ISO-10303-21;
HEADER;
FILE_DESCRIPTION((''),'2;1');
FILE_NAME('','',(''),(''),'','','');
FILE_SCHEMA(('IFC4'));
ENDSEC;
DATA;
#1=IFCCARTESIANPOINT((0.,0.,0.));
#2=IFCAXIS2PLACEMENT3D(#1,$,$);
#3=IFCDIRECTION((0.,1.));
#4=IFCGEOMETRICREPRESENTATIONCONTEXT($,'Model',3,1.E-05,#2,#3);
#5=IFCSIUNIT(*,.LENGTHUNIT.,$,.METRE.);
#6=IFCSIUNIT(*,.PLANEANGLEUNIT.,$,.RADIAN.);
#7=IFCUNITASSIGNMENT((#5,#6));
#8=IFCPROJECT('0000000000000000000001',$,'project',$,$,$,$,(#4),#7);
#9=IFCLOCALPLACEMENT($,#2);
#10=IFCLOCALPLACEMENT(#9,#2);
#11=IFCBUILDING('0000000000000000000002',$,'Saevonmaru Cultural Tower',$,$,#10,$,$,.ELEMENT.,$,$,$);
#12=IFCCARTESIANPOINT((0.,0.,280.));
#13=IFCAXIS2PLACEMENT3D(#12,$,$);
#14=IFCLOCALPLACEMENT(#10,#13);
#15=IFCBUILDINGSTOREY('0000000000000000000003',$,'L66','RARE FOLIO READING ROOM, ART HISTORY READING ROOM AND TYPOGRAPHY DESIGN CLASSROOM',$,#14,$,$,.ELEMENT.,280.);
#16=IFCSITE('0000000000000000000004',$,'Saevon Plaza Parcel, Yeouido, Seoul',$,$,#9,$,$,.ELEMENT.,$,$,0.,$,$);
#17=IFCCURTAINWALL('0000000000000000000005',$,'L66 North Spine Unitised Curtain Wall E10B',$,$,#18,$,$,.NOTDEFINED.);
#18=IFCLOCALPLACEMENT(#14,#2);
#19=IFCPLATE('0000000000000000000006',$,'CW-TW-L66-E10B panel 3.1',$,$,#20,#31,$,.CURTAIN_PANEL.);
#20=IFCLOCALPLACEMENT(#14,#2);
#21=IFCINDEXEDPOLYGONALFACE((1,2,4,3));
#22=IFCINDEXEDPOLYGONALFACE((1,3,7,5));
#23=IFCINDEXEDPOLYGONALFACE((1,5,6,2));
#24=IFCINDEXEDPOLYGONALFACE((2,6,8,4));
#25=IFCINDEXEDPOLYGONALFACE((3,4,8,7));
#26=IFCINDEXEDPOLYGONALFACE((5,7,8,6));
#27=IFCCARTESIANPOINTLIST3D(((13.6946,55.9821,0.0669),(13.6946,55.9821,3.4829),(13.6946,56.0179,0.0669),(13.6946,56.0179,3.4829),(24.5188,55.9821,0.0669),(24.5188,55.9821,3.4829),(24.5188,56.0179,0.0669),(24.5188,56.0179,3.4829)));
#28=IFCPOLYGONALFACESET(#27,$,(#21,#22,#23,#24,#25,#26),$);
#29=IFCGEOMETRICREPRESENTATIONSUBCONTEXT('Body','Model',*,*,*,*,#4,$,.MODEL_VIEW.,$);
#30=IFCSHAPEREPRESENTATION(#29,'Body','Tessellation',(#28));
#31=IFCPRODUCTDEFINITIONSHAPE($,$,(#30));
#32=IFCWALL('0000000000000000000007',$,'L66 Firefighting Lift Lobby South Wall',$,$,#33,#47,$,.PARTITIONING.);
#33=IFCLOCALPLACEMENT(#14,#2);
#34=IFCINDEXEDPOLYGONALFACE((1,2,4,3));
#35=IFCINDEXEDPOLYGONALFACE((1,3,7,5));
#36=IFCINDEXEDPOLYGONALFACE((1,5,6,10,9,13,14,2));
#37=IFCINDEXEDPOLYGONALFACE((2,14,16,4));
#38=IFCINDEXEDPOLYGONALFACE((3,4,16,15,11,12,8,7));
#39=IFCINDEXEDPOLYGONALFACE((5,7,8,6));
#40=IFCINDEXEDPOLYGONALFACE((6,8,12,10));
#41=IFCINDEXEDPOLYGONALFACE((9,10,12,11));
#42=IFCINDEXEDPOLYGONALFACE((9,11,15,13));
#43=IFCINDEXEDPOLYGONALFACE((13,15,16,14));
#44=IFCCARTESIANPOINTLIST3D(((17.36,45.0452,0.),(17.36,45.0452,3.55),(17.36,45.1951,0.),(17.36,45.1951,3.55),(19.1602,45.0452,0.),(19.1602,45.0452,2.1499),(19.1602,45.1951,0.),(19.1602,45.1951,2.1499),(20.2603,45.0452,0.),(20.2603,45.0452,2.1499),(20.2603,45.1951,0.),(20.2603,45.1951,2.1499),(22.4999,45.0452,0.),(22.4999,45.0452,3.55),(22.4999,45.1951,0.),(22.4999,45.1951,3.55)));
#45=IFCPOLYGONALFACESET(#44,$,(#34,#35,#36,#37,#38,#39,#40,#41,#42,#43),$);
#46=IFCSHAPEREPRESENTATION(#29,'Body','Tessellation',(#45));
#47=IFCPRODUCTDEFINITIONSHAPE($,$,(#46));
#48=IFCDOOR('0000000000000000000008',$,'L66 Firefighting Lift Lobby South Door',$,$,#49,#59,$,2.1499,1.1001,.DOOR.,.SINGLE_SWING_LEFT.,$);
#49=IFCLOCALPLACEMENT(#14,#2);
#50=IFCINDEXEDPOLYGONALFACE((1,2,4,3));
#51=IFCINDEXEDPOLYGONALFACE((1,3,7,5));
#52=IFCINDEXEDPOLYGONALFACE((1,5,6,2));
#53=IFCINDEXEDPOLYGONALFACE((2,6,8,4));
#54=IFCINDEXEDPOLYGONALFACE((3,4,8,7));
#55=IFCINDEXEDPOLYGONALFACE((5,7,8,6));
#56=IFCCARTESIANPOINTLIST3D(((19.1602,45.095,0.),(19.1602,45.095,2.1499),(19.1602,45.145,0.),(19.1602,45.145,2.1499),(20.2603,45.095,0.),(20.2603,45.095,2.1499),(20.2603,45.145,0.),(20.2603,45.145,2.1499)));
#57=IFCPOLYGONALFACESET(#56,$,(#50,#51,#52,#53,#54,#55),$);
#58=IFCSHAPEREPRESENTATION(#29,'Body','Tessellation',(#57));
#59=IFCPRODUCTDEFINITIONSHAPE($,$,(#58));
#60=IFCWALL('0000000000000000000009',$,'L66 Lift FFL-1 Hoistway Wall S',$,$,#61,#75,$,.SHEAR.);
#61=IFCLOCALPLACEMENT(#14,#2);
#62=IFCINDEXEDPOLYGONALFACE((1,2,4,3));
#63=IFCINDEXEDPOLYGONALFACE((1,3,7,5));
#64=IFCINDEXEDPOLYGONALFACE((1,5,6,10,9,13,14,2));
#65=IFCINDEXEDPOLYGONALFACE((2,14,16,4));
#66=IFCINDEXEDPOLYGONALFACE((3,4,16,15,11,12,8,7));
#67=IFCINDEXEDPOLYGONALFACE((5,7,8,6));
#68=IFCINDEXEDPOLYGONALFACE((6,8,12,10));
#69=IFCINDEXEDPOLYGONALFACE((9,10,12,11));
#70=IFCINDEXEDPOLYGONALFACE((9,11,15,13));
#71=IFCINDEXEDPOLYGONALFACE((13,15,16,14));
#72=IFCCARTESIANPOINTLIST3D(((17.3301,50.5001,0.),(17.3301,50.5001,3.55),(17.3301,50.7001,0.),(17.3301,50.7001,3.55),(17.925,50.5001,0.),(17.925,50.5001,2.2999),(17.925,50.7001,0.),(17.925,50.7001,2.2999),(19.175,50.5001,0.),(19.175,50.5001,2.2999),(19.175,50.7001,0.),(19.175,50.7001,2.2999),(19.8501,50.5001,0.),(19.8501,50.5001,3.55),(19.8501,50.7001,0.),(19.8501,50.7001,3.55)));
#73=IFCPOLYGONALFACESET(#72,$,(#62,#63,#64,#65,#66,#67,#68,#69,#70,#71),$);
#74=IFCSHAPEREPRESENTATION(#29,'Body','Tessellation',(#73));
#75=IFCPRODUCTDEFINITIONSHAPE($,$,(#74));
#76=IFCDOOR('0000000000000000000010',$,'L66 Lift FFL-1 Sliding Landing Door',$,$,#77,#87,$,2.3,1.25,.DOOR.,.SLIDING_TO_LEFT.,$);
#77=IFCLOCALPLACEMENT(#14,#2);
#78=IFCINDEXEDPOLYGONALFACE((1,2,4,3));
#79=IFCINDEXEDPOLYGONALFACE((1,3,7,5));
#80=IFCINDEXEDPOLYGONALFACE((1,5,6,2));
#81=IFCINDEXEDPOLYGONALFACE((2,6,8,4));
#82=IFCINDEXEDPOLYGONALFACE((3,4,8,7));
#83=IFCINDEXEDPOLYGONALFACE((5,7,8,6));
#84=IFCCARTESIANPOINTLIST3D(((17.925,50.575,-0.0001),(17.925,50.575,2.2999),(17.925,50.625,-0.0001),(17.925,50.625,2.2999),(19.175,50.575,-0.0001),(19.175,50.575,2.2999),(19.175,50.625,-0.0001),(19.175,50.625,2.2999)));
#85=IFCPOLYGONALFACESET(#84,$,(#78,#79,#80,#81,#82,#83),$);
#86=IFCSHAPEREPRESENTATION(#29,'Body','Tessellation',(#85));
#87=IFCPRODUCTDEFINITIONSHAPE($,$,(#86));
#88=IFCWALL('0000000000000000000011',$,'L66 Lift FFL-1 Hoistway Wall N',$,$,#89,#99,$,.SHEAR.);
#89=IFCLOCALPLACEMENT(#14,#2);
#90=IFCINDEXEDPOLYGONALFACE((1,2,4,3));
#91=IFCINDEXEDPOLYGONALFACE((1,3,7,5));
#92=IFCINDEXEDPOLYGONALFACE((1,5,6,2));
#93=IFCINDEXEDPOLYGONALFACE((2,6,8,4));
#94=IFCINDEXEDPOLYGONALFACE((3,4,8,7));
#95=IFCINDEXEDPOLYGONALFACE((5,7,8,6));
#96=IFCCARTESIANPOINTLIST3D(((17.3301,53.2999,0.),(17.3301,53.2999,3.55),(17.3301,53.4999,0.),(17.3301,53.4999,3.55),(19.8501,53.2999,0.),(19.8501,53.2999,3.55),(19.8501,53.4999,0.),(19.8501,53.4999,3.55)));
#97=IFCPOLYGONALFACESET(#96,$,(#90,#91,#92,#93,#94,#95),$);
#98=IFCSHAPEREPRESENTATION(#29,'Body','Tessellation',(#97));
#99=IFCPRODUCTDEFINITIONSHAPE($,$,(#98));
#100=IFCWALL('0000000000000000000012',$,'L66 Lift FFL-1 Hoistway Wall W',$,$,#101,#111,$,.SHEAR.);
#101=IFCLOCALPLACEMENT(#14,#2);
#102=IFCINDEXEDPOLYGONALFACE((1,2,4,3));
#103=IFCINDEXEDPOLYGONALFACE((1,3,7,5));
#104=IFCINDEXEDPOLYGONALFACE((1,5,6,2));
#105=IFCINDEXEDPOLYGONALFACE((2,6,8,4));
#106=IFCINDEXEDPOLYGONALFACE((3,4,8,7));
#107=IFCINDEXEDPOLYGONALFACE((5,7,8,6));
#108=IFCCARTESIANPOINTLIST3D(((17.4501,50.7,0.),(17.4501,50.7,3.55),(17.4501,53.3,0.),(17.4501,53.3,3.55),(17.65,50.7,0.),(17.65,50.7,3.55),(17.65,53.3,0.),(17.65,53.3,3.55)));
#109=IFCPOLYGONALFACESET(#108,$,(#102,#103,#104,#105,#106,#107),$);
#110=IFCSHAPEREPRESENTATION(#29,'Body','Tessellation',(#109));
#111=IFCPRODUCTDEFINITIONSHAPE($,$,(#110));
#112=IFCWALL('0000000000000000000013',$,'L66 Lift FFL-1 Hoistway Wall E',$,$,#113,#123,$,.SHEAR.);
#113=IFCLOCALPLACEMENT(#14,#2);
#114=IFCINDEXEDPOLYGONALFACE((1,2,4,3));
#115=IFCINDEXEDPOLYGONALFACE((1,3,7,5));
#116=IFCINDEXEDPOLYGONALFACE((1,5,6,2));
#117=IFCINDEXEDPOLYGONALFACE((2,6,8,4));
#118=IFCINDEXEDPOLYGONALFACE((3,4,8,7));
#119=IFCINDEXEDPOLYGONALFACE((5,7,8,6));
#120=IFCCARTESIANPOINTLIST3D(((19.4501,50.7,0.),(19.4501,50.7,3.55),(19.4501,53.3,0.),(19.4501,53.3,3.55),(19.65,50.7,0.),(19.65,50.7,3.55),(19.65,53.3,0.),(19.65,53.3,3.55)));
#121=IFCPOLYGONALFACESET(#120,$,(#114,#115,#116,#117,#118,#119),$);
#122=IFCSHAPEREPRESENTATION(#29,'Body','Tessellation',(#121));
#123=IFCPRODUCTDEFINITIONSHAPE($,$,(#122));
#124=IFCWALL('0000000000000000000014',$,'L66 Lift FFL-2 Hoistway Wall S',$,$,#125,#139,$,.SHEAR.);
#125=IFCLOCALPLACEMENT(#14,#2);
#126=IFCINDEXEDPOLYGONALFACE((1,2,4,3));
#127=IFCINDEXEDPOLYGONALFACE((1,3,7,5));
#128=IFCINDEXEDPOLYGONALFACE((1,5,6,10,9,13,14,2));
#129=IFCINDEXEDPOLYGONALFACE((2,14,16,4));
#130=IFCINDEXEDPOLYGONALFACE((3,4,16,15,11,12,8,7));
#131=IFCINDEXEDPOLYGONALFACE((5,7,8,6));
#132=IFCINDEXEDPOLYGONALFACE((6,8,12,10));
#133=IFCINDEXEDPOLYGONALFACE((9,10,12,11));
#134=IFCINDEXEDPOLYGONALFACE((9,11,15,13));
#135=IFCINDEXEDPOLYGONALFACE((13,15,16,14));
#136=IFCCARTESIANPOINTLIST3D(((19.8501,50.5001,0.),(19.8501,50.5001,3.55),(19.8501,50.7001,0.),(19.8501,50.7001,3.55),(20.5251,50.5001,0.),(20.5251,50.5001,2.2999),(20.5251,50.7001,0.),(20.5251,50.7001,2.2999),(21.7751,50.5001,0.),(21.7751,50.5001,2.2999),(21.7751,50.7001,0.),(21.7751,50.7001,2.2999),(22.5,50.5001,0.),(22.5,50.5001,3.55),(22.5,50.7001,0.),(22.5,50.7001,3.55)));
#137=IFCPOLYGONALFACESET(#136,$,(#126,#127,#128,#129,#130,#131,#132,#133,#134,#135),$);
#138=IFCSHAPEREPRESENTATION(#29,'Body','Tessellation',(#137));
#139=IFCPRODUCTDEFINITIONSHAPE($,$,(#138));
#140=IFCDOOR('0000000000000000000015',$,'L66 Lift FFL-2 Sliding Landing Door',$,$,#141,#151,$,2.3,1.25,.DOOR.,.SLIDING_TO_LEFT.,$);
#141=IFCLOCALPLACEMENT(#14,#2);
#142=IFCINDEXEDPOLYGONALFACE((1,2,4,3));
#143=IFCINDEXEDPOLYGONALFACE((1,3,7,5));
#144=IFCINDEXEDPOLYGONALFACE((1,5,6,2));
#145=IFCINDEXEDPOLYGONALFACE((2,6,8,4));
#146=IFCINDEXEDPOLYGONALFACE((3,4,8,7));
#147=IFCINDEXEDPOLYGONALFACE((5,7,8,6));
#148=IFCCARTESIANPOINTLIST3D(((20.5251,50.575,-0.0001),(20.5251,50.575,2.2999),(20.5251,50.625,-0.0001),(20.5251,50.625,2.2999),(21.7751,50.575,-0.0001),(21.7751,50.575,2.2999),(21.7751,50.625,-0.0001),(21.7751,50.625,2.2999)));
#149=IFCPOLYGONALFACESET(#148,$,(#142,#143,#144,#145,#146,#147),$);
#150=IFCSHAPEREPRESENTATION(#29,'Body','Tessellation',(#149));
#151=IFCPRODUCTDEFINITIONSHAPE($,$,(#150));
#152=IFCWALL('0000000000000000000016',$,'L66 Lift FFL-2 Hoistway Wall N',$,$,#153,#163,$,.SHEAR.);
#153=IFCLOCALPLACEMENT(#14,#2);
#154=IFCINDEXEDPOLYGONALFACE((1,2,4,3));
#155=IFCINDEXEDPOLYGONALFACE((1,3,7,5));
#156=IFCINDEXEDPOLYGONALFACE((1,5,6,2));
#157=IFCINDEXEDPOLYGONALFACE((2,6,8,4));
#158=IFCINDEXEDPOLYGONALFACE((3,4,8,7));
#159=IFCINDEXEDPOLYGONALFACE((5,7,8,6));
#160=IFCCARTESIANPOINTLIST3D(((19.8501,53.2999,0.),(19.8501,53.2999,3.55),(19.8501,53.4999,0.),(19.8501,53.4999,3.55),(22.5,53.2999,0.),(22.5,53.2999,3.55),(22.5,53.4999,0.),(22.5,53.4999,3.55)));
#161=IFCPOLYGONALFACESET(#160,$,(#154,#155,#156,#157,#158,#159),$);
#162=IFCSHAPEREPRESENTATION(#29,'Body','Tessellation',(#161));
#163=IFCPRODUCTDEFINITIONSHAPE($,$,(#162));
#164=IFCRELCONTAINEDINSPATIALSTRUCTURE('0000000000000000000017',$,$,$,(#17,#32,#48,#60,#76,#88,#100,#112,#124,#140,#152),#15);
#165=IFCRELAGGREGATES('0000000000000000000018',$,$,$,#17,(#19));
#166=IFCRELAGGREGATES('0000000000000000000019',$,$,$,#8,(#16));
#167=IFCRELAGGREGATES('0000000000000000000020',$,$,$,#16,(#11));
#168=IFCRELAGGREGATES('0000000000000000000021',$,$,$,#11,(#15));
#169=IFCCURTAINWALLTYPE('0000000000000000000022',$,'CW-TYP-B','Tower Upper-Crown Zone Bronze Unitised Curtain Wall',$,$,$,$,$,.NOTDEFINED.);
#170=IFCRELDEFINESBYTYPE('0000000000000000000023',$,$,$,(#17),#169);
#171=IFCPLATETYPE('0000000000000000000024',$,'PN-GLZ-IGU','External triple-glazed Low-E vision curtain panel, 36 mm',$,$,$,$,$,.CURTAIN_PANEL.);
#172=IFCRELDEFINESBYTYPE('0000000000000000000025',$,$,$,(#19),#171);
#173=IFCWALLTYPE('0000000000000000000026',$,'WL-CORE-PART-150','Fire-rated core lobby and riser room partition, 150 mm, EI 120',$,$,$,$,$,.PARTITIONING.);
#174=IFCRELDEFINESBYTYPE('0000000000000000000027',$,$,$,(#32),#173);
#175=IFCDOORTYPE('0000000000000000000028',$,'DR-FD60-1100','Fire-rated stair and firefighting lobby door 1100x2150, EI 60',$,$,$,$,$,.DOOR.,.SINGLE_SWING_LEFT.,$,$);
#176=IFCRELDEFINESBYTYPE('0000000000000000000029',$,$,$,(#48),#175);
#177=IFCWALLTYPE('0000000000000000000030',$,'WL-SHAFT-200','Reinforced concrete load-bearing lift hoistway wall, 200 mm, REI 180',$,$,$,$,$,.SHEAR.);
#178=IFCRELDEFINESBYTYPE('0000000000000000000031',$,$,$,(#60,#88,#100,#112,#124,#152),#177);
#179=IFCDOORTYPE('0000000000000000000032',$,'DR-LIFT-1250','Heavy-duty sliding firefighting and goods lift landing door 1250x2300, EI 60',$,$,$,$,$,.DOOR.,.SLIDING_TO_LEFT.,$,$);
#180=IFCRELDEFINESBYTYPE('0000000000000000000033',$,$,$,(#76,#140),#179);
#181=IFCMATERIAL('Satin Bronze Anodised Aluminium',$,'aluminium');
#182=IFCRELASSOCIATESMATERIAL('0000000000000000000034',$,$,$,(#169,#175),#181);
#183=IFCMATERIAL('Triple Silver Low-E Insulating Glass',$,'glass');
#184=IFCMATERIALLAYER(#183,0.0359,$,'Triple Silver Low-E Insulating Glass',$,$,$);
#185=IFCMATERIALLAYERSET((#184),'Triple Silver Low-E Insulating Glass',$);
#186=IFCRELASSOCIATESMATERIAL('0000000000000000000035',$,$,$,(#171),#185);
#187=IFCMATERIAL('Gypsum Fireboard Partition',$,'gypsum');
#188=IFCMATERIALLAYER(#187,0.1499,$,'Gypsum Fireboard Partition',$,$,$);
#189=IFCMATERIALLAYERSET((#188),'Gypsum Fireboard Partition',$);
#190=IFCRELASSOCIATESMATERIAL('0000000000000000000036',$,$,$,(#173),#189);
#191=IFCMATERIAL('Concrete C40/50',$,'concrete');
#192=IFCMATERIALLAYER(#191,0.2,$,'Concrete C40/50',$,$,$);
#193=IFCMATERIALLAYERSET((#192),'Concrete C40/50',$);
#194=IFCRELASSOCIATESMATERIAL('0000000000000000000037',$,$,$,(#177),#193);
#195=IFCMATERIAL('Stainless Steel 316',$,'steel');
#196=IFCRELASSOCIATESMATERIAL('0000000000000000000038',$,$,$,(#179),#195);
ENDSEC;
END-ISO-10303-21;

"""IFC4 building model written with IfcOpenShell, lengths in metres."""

from ifc_helpers import new_model, si_unit, direction, frame, frame_2d, origin, origin_2d, place, context, subcontext, project, spatial, rectangle, extrude, material, layer, layer_set, type_object, element, fill, aggregate, save


model = new_model("IFC4")

# Units and contexts
model_context = context("Model", 3, precision=1e-05, world=origin(), true_north=direction((0.0, 1.0)))
body_context = subcontext(model_context, "Body", "Model", "MODEL_VIEW")
ifc_project = project(units=[si_unit("LENGTHUNIT", "METRE"), si_unit("PLANEANGLEUNIT", "RADIAN")], contexts=[model_context])

# Site, building, storey
site_placement = place(None, origin())
site = spatial("IfcSite", under=ifc_project, at=site_placement, Name="Saevon Plaza Parcel, Yeouido, Seoul", CompositionType="ELEMENT", RefElevation=0.0)
building_placement = place(site_placement, origin())
building = spatial("IfcBuilding", under=site, at=building_placement, Name="Saevonmaru Cultural Tower", CompositionType="ELEMENT")
storey_placement = place(building_placement, frame((0.0, 0.0, 280.0)))
storey = spatial("IfcBuildingStorey", under=building, at=storey_placement, Name="L66", Description="RARE FOLIO READING ROOM, ART HISTORY READING ROOM AND TYPOGRAPHY DESIGN CLASSROOM", CompositionType="ELEMENT", Elevation=280.0)

# Curtain wall, plate
ifc_material_1 = material(Name="Satin Bronze Anodised Aluminium", Category="aluminium")
curtain_wall_type = type_object("IfcCurtainWallType", Name="CW-TYP-B", Description="Tower Upper-Crown Zone Bronze Unitised Curtain Wall", PredefinedType="NOTDEFINED", material=ifc_material_1)
curtain_wall_placement = place(storey_placement, origin())
curtain_wall = element("IfcCurtainWall", 1, at=curtain_wall_placement, inside=storey, type_object=curtain_wall_type, Name="L66 North Spine Unitised Curtain Wall E10B", PredefinedType="NOTDEFINED")
ifc_material_2 = material(Name="Triple Silver Low-E Insulating Glass", Category="glass")
ifc_layer_1 = layer(ifc_material_2, 0.0359, Name="Triple Silver Low-E Insulating Glass")
ifc_layer_set_1 = layer_set([ifc_layer_1], Name="Triple Silver Low-E Insulating Glass")
plate_type = type_object("IfcPlateType", Name="PN-GLZ-IGU", Description="External triple-glazed Low-E vision curtain panel, 36 mm", PredefinedType="CURTAIN_PANEL", material=ifc_layer_set_1)
plate_placement = place(storey_placement, frame((19.1067, 56.0, 0.0669), z_axis=(0.0, 0.0, 1.0), x_axis=(-1.0, 0.0, 0.0)))
plate = element("IfcPlate", 2, at=plate_placement, type_object=plate_type, Name="CW-TW-L66-E10B panel 3.1", PredefinedType="CURTAIN_PANEL", context=body_context, shape_type="SweptSolid", body=[
    extrude(rectangle(XDim=10.8242, YDim=0.0359, at=origin_2d()), origin(), (0.0, 0.0, 1.0), 3.416),
])
aggregate(curtain_wall, [plate])

# Walls, openings, doors
ifc_material_3 = material(Name="Gypsum Fireboard Partition", Category="gypsum")
ifc_layer_2 = layer(ifc_material_3, 0.1499, Name="Gypsum Fireboard Partition")
ifc_layer_set_2 = layer_set([ifc_layer_2], Name="Gypsum Fireboard Partition")
wall_type_1 = type_object("IfcWallType", Name="WL-CORE-PART-150", Description="Fire-rated core lobby and riser room partition, 150 mm, EI 120", PredefinedType="PARTITIONING", material=ifc_layer_set_2)
wall_1_placement = place(storey_placement, frame((17.3601, 45.1201, 0.0), z_axis=(0.0, 0.0, 1.0), x_axis=(1.0, 0.0, 0.0)))
wall_1 = element("IfcWall", 3, at=wall_1_placement, inside=storey, type_object=wall_type_1, Name="L66 Firefighting Lift Lobby South Wall", PredefinedType="PARTITIONING", context=body_context, shape_type="SweptSolid", body=[
    extrude(rectangle(XDim=5.1399, YDim=0.1499, at=frame_2d((2.5698, 0.0))), origin(), (0.0, 0.0, 1.0), 3.55),
])
opening_1_placement = place(wall_1_placement, frame((1.8, 0.0, 0.0)))
opening_1 = element("IfcOpeningElement", 4, at=opening_1_placement, cuts=wall_1, PredefinedType="OPENING", context=body_context, shape_type="SweptSolid", body=[
    extrude(rectangle(XDim=1.1001, YDim=2.1499, at=frame_2d((0.55, 1.075))), frame((0.0, 0.085, 0.0), z_axis=(0.0, -1.0, 0.0), x_axis=(1.0, 0.0, 0.0)), (0.0, 0.0, 1.0), 0.1699),
])
door_type_1 = type_object("IfcDoorType", Name="DR-FD60-1100", Description="Fire-rated stair and firefighting lobby door 1100x2150, EI 60", OperationType="SINGLE_SWING_LEFT", PredefinedType="DOOR", material=ifc_material_1)
door_1_placement = place(opening_1_placement, origin())
door_1 = element("IfcDoor", 5, at=door_1_placement, inside=storey, type_object=door_type_1, Name="L66 Firefighting Lift Lobby South Door", OperationType="SINGLE_SWING_LEFT", OverallHeight=2.1499, OverallWidth=1.1001, PredefinedType="DOOR", context=body_context, shape_type="SweptSolid", body=[
    extrude(rectangle(XDim=1.1001, YDim=2.1499, at=frame_2d((0.55, 1.075))), frame((0.0, 0.0249, 0.0), z_axis=(0.0, -1.0, 0.0), x_axis=(1.0, 0.0, 0.0)), (0.0, 0.0, 1.0), 0.05),
])
fill(opening_1, door_1)
ifc_material_4 = material(Name="Concrete C40/50", Category="concrete")
ifc_layer_3 = layer(ifc_material_4, 0.2, Name="Concrete C40/50")
ifc_layer_set_3 = layer_set([ifc_layer_3], Name="Concrete C40/50")
wall_type_2 = type_object("IfcWallType", Name="WL-SHAFT-200", Description="Reinforced concrete load-bearing lift hoistway wall, 200 mm, REI 180", PredefinedType="SHEAR", material=ifc_layer_set_3)
wall_2_placement = place(storey_placement, frame((17.3301, 50.6001, 0.0), z_axis=(0.0, 0.0, 1.0), x_axis=(1.0, 0.0, 0.0)))
wall_2 = element("IfcWall", 6, at=wall_2_placement, inside=storey, type_object=wall_type_2, Name="L66 Lift FFL-1 Hoistway Wall S", PredefinedType="SHEAR", context=body_context, shape_type="SweptSolid", body=[
    extrude(rectangle(XDim=2.52, YDim=0.2, at=frame_2d((1.26, 0.0))), origin(), (0.0, 0.0, 1.0), 3.55),
])
opening_2_placement = place(wall_2_placement, frame((0.595, 0.0, 0.0)))
opening_2 = element("IfcOpeningElement", 7, at=opening_2_placement, cuts=wall_2, PredefinedType="OPENING", context=body_context, shape_type="SweptSolid", body=[
    extrude(rectangle(XDim=1.25, YDim=2.3, at=frame_2d((0.625, 1.1499))), frame((0.0, 0.1099, 0.0), z_axis=(0.0, -1.0, 0.0), x_axis=(1.0, 0.0, 0.0)), (0.0, 0.0, 1.0), 0.22),
])
ifc_material_5 = material(Name="Stainless Steel 316", Category="steel")
door_type_2 = type_object("IfcDoorType", Name="DR-LIFT-1250", Description="Heavy-duty sliding firefighting and goods lift landing door 1250x2300, EI 60", OperationType="SLIDING_TO_LEFT", PredefinedType="DOOR", material=ifc_material_5)
door_2_placement = place(opening_2_placement, origin())
door_2 = element("IfcDoor", 8, at=door_2_placement, inside=storey, type_object=door_type_2, Name="L66 Lift FFL-1 Sliding Landing Door", OperationType="SLIDING_TO_LEFT", OverallHeight=2.3, OverallWidth=1.25, PredefinedType="DOOR", context=body_context, shape_type="SweptSolid", body=[
    extrude(rectangle(XDim=1.25, YDim=2.3, at=frame_2d((0.625, 1.1499))), frame((0.0, 0.0249, 0.0), z_axis=(0.0, -1.0, 0.0), x_axis=(1.0, 0.0, 0.0)), (0.0, 0.0, 1.0), 0.05),
])
fill(opening_2, door_2)

# Walls
wall_3_placement = place(storey_placement, frame((17.3301, 53.3999, 0.0), z_axis=(0.0, 0.0, 1.0), x_axis=(1.0, 0.0, 0.0)))
element("IfcWall", 9, at=wall_3_placement, inside=storey, type_object=wall_type_2, Name="L66 Lift FFL-1 Hoistway Wall N", PredefinedType="SHEAR", context=body_context, shape_type="SweptSolid", body=[
    extrude(rectangle(XDim=2.52, YDim=0.2, at=frame_2d((1.26, 0.0))), origin(), (0.0, 0.0, 1.0), 3.55),
])
for number, where, z_axis, x_axis, name in (
    (10, (17.55, 50.7, 0.0), (0.0, 0.0, 1.0), (0.0, 1.0, 0.0), "L66 Lift FFL-1 Hoistway Wall W"),
    (11, (19.55, 50.7, 0.0), (0.0, 0.0, 1.0), (0.0, 1.0, 0.0), "L66 Lift FFL-1 Hoistway Wall E"),
):
    element("IfcWall", number, at=place(storey_placement, frame(where, z_axis=z_axis, x_axis=x_axis)), inside=storey, type_object=wall_type_2, Name=name, PredefinedType="SHEAR", context=body_context, shape_type="SweptSolid", body=[
        extrude(rectangle(XDim=2.6001, YDim=0.2, at=frame_2d((1.3, 0.0))), origin(), (0.0, 0.0, 1.0), 3.55),
    ])

# Wall, opening, door
wall_4_placement = place(storey_placement, frame((19.8501, 50.6001, 0.0), z_axis=(0.0, 0.0, 1.0), x_axis=(1.0, 0.0, 0.0)))
wall_4 = element("IfcWall", 12, at=wall_4_placement, inside=storey, type_object=wall_type_2, Name="L66 Lift FFL-2 Hoistway Wall S", PredefinedType="SHEAR", context=body_context, shape_type="SweptSolid", body=[
    extrude(rectangle(XDim=2.6499, YDim=0.2, at=frame_2d((1.325, 0.0))), origin(), (0.0, 0.0, 1.0), 3.55),
])
opening_3_placement = place(wall_4_placement, frame((0.675, 0.0, 0.0)))
opening_3 = element("IfcOpeningElement", 13, at=opening_3_placement, cuts=wall_4, PredefinedType="OPENING", context=body_context, shape_type="SweptSolid", body=[
    extrude(rectangle(XDim=1.25, YDim=2.3, at=frame_2d((0.625, 1.1499))), frame((0.0, 0.1099, 0.0), z_axis=(0.0, -1.0, 0.0), x_axis=(1.0, 0.0, 0.0)), (0.0, 0.0, 1.0), 0.22),
])
door_3_placement = place(opening_3_placement, origin())
door_3 = element("IfcDoor", 14, at=door_3_placement, inside=storey, type_object=door_type_2, Name="L66 Lift FFL-2 Sliding Landing Door", OperationType="SLIDING_TO_LEFT", OverallHeight=2.3, OverallWidth=1.25, PredefinedType="DOOR", context=body_context, shape_type="SweptSolid", body=[
    extrude(rectangle(XDim=1.25, YDim=2.3, at=frame_2d((0.625, 1.1499))), frame((0.0, 0.0249, 0.0), z_axis=(0.0, -1.0, 0.0), x_axis=(1.0, 0.0, 0.0)), (0.0, 0.0, 1.0), 0.05),
])
fill(opening_3, door_3)

# Wall
wall_5_placement = place(storey_placement, frame((19.8501, 53.3999, 0.0), z_axis=(0.0, 0.0, 1.0), x_axis=(1.0, 0.0, 0.0)))
element("IfcWall", 15, at=wall_5_placement, inside=storey, type_object=wall_type_2, Name="L66 Lift FFL-2 Hoistway Wall N", PredefinedType="SHEAR", context=body_context, shape_type="SweptSolid", body=[
    extrude(rectangle(XDim=2.6499, YDim=0.2, at=frame_2d((1.325, 0.0))), origin(), (0.0, 0.0, 1.0), 3.55),
])

save(model, "model.ifc")
